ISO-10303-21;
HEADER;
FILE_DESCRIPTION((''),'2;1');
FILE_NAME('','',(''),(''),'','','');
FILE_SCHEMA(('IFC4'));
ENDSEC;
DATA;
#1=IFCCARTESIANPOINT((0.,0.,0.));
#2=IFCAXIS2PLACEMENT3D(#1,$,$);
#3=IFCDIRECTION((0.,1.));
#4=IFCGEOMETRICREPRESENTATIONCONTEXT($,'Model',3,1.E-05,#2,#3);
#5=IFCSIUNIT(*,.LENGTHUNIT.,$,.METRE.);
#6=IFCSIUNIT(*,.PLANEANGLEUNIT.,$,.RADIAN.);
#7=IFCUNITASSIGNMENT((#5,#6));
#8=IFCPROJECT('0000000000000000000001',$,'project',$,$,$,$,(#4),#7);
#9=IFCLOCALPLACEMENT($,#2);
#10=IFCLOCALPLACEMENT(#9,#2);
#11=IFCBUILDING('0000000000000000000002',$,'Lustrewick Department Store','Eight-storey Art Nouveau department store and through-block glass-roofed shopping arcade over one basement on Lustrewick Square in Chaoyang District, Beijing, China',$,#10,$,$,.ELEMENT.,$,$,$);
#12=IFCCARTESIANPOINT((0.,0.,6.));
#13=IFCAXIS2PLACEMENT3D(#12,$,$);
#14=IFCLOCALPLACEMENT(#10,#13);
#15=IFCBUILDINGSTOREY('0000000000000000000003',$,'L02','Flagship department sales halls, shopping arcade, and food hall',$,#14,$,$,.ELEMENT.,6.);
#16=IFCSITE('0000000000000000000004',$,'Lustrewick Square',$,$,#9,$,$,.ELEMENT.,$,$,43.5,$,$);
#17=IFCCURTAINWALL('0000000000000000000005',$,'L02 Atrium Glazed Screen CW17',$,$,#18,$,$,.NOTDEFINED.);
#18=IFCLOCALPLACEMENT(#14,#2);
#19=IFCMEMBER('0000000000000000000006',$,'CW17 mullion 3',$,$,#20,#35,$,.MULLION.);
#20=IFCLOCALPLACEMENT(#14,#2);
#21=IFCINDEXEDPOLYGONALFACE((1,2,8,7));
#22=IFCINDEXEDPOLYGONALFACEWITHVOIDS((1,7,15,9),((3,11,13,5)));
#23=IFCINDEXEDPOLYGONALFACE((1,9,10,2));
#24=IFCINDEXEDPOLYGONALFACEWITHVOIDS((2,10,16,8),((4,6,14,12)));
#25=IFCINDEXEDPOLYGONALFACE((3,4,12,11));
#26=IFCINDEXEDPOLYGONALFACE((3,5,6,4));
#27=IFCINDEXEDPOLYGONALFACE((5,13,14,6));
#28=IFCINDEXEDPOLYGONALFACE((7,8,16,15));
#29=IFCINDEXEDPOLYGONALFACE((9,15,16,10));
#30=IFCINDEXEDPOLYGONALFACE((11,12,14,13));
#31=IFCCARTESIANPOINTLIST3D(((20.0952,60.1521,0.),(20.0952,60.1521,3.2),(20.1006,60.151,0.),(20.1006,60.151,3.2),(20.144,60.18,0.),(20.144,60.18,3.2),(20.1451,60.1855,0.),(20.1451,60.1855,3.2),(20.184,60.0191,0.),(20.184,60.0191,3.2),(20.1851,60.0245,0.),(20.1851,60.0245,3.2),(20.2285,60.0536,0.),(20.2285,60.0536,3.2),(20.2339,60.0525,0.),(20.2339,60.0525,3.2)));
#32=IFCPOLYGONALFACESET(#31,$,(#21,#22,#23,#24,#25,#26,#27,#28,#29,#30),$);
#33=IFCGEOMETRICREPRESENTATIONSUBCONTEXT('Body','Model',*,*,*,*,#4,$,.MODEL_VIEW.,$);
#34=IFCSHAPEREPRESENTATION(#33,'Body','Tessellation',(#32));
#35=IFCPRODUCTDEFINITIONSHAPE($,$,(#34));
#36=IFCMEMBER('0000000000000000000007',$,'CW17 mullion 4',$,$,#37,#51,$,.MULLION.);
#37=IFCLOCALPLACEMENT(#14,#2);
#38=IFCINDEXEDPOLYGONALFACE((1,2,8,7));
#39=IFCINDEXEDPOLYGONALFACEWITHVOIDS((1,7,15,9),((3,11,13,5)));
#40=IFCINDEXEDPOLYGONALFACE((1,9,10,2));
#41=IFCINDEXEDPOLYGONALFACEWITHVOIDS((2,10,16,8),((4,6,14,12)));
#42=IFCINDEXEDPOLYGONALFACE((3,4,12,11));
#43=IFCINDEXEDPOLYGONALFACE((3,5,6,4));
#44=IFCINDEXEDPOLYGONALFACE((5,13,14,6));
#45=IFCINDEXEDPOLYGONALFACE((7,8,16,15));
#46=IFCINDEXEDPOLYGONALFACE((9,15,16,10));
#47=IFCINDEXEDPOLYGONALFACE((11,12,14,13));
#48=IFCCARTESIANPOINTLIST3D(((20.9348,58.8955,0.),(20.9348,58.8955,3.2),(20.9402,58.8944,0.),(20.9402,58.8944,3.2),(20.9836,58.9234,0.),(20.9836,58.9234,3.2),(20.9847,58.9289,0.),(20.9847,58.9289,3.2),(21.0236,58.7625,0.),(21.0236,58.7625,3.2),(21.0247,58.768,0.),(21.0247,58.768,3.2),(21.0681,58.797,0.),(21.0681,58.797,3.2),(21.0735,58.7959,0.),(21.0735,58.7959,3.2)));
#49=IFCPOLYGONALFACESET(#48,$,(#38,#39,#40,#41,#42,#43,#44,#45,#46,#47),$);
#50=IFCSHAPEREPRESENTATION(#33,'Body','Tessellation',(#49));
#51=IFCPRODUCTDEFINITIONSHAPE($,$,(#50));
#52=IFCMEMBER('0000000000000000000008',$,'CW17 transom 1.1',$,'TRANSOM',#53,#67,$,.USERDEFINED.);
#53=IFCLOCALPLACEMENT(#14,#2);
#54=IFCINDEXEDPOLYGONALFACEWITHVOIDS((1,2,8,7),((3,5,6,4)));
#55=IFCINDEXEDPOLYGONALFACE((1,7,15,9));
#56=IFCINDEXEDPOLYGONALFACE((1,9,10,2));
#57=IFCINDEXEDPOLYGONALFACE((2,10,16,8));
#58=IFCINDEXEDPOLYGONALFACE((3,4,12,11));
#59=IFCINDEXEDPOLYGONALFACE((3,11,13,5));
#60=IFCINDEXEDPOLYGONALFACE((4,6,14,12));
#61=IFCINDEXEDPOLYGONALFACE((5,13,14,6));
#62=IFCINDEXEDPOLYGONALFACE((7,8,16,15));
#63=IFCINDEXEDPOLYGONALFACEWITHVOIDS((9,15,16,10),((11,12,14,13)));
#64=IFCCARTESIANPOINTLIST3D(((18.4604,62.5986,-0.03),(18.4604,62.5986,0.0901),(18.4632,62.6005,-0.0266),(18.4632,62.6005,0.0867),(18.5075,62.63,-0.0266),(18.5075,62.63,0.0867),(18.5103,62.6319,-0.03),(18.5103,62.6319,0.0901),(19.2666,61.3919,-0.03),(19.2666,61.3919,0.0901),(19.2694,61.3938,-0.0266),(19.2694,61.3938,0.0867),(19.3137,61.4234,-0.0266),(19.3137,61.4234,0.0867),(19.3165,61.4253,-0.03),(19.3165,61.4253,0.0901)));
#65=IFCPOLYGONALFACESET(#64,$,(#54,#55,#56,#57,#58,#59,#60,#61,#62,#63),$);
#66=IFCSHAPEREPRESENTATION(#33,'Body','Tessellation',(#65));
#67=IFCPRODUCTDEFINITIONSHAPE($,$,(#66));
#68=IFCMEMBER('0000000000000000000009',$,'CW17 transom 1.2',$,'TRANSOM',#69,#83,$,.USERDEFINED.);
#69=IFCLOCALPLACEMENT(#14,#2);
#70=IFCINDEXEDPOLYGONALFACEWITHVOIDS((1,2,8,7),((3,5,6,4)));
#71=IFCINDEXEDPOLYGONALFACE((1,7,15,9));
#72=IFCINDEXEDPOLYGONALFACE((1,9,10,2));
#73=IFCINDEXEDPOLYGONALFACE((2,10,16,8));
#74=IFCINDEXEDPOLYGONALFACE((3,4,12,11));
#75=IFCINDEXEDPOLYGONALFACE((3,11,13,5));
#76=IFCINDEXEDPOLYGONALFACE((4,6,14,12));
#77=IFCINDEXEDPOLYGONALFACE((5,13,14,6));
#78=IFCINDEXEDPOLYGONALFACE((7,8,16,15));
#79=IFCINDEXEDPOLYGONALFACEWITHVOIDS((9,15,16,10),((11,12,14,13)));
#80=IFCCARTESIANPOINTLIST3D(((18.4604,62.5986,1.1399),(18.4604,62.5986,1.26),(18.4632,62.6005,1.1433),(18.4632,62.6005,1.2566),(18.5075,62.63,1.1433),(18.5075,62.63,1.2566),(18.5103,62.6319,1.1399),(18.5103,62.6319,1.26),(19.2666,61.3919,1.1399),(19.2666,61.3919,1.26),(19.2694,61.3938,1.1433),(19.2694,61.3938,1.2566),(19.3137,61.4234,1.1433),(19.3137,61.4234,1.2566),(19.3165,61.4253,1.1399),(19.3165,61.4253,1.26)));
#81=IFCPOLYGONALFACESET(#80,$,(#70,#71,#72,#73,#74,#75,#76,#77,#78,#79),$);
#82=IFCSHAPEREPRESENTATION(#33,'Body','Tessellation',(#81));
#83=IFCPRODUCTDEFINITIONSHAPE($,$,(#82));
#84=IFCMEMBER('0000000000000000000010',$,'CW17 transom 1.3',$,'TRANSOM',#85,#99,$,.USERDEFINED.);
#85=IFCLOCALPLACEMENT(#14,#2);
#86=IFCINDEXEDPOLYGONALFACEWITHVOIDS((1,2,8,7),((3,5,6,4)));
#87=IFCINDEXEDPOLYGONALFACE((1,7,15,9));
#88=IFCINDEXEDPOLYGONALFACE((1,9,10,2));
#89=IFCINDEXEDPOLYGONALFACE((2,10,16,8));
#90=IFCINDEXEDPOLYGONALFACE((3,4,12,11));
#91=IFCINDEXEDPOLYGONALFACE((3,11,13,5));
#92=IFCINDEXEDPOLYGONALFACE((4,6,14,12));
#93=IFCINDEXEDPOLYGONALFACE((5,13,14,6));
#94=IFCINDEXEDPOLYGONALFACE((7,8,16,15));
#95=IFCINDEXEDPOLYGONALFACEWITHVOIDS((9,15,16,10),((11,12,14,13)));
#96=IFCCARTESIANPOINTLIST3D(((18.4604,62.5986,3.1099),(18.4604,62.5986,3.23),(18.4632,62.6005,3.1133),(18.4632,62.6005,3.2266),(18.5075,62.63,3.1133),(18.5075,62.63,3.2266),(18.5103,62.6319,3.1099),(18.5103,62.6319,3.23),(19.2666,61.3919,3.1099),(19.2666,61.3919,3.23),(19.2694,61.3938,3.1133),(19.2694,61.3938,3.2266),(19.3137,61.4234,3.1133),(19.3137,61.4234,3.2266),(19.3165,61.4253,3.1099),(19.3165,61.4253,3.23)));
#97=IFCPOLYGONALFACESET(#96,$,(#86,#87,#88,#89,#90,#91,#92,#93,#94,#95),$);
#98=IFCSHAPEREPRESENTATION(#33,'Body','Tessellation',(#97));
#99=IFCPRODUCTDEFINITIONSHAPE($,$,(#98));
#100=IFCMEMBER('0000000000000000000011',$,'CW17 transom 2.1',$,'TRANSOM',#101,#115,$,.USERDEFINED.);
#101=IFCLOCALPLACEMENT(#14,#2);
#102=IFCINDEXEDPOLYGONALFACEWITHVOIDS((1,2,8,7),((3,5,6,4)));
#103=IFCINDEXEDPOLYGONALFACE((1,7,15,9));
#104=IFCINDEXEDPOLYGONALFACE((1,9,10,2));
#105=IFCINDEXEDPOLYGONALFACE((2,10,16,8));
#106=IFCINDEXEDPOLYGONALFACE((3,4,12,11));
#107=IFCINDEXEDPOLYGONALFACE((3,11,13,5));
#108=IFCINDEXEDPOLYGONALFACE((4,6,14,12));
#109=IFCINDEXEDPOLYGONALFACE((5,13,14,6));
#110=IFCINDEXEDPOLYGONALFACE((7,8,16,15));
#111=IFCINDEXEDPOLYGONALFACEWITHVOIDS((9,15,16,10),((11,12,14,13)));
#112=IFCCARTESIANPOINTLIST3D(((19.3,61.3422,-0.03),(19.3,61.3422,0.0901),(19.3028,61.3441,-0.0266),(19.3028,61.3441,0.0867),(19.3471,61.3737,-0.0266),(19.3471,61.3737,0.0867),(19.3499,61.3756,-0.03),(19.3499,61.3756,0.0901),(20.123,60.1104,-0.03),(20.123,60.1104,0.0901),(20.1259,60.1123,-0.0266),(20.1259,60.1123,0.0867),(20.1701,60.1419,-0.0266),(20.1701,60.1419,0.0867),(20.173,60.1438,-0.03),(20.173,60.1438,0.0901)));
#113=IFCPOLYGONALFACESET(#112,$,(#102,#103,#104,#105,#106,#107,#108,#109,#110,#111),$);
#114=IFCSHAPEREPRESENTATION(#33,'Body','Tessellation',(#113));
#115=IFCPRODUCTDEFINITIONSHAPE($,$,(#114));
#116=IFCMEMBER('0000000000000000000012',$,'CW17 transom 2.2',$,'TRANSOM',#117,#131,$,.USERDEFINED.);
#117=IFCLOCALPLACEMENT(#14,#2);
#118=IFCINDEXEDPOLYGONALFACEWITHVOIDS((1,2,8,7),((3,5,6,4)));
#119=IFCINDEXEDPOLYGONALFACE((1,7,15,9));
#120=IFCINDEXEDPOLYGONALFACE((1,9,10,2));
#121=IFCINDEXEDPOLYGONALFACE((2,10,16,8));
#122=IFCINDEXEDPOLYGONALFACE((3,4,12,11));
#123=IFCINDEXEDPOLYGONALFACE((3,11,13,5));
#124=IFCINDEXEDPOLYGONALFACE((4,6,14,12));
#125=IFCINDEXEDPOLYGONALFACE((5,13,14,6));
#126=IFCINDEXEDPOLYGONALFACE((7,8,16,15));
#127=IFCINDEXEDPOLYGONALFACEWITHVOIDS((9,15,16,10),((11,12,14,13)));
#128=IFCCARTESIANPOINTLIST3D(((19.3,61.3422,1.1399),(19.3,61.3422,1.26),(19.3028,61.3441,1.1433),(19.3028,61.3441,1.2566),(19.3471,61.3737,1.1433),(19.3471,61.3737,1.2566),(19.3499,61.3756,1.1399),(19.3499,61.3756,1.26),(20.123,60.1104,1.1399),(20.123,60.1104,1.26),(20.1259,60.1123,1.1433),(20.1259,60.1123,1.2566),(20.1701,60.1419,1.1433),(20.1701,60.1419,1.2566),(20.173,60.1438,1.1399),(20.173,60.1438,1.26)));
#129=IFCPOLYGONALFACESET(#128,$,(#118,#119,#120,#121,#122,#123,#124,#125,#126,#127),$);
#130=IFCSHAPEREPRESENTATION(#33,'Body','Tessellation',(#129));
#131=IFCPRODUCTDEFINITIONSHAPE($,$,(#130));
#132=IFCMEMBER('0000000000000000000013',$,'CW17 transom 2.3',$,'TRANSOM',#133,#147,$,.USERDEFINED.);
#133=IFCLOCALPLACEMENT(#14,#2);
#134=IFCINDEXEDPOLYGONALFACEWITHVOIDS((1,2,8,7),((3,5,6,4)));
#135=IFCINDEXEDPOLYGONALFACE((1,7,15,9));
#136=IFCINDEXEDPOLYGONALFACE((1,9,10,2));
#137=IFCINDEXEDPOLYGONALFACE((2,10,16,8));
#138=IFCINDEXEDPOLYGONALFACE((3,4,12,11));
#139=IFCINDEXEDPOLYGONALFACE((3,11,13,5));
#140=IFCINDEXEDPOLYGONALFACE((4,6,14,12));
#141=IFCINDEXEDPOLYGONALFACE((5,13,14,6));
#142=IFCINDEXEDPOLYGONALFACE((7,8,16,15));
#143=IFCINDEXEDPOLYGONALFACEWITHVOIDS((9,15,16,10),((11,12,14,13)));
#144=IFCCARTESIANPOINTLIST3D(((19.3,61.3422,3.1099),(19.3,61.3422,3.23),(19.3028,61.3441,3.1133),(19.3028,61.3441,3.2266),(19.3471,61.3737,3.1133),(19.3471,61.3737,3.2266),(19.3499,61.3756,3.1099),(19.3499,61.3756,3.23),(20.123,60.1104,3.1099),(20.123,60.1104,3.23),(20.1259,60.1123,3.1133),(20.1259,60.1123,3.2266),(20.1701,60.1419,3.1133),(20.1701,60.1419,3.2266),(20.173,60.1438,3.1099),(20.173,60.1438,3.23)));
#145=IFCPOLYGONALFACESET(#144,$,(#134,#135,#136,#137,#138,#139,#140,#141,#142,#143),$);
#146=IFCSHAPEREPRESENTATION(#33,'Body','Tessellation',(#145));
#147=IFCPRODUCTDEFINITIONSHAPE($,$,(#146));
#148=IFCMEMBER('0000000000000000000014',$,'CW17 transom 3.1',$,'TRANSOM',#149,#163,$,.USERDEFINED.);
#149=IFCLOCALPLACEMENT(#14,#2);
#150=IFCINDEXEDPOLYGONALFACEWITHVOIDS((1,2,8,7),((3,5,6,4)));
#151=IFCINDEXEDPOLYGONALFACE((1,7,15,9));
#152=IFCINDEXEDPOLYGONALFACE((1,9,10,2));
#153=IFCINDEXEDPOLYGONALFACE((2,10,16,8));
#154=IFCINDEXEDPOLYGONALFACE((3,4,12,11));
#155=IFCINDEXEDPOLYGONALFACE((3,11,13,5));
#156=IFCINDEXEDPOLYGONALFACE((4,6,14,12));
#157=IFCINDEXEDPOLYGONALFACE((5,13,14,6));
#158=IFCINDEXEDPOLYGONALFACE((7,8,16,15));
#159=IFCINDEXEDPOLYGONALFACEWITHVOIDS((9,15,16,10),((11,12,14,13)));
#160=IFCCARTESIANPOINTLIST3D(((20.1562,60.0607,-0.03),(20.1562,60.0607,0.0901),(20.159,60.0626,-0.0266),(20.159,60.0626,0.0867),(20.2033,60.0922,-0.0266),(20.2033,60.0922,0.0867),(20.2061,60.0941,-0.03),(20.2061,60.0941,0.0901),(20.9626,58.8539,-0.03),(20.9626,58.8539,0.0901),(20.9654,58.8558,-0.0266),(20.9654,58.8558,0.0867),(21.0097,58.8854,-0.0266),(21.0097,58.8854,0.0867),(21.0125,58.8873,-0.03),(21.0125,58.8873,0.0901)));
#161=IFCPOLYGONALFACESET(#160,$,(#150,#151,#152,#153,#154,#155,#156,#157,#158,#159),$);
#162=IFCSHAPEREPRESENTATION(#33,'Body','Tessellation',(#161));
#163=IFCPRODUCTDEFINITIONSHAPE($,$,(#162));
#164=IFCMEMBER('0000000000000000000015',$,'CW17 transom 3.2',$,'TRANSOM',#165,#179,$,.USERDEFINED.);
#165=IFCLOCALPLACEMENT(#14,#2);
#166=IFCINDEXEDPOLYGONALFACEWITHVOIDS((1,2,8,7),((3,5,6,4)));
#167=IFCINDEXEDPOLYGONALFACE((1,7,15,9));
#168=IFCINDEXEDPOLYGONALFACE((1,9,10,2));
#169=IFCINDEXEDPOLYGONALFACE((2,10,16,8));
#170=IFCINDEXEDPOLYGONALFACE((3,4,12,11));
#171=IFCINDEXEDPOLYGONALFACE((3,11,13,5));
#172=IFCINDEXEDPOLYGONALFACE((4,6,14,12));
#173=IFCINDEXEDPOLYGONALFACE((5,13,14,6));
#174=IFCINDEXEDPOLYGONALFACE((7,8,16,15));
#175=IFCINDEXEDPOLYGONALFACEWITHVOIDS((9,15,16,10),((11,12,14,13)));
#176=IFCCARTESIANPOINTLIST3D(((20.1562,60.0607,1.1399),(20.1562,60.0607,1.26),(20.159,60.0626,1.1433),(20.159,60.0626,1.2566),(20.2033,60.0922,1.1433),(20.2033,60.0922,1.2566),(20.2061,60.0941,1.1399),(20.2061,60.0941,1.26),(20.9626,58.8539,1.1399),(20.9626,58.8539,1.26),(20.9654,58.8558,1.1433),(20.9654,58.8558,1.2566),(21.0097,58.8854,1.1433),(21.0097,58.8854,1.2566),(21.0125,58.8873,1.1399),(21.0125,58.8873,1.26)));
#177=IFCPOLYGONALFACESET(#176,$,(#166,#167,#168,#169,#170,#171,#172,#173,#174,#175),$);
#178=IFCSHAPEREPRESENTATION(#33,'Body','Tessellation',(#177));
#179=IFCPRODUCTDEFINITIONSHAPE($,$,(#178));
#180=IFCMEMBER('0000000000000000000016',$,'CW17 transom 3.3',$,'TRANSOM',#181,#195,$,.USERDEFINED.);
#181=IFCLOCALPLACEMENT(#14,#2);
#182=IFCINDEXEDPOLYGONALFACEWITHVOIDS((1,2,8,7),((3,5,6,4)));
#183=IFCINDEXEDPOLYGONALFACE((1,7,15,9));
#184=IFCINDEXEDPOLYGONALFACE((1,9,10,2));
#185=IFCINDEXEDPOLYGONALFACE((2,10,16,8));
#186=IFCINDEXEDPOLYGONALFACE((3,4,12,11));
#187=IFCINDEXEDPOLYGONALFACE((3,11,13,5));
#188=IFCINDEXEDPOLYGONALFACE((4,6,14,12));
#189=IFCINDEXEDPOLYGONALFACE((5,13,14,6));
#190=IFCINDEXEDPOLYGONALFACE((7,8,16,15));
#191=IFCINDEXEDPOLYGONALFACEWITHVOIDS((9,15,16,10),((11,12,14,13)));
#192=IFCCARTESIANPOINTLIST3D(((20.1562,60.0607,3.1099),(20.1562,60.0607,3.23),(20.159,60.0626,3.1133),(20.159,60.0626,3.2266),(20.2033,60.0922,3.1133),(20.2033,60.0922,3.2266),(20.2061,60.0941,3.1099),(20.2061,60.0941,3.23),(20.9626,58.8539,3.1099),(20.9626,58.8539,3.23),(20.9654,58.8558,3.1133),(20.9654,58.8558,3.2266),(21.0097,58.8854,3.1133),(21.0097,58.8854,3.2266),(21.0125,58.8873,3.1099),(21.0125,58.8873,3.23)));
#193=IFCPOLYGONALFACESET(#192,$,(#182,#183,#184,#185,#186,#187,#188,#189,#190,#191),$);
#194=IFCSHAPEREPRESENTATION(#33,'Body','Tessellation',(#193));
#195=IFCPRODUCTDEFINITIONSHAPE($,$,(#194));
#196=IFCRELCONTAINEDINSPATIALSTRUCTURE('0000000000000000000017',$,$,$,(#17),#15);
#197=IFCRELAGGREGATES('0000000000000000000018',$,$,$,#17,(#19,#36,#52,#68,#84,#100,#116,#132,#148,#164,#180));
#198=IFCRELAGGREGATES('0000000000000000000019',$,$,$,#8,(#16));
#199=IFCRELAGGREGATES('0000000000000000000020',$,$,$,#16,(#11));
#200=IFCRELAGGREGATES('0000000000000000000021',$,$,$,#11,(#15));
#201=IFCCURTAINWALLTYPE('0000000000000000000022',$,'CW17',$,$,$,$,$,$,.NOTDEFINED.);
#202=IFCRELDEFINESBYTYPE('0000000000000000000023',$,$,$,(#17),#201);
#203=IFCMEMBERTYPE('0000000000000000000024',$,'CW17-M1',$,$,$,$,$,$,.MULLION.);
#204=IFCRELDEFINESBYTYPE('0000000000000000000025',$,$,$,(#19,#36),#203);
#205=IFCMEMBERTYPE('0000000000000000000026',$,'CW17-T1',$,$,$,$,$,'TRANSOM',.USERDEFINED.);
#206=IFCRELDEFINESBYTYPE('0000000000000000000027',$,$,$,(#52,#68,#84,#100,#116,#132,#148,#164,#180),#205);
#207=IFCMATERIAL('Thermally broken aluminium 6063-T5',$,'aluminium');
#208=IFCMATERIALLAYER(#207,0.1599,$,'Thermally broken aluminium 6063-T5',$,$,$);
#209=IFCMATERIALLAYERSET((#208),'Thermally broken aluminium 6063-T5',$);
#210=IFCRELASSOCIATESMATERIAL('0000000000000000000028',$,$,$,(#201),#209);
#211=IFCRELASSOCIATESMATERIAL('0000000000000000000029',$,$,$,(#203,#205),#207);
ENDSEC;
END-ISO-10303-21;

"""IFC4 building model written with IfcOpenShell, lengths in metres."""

from ifc_helpers import new_model, si_unit, direction, frame, origin, origin_2d, place, context, subcontext, project, spatial, hollow_rectangle, extrude, material, layer, layer_set, material_profile, profile_set, type_object, element, aggregate, save


model = new_model("IFC4")

# Units and contexts
model_context = context("Model", 3, precision=1e-05, world=origin(), true_north=direction((0.0, 1.0)))
body_context = subcontext(model_context, "Body", "Model", "MODEL_VIEW")
ifc_project = project(units=[si_unit("LENGTHUNIT", "METRE"), si_unit("PLANEANGLEUNIT", "RADIAN")], contexts=[model_context])

# Site, building, storey
site_placement = place(None, origin())
site = spatial("IfcSite", under=ifc_project, at=site_placement, Name="Lustrewick Square", CompositionType="ELEMENT", RefElevation=43.5)
building_placement = place(site_placement, origin())
building = spatial("IfcBuilding", under=site, at=building_placement, Name="Lustrewick Department Store", Description="Eight-storey Art Nouveau department store and through-block glass-roofed shopping arcade over one basement on Lustrewick Square in Chaoyang District, Beijing, China", CompositionType="ELEMENT")
storey_placement = place(building_placement, frame((0.0, 0.0, 6.0)))
storey = spatial("IfcBuildingStorey", under=building, at=storey_placement, Name="L02", Description="Flagship department sales halls, shopping arcade, and food hall", CompositionType="ELEMENT", Elevation=6.0)

# Curtain wall, members
ifc_material_1 = material(Name="Thermally broken aluminium 6063-T5", Category="aluminium")
ifc_layer_1 = layer(ifc_material_1, 0.1599, Name="Thermally broken aluminium 6063-T5")
ifc_layer_set_1 = layer_set([ifc_layer_1], Name="Thermally broken aluminium 6063-T5")
curtain_wall_type_1 = type_object("IfcCurtainWallType", Name="CW17", PredefinedType="NOTDEFINED", material=ifc_layer_set_1)
curtain_wall_1_placement = place(storey_placement, origin())
curtain_wall_1 = element("IfcCurtainWall", 1, at=curtain_wall_1_placement, inside=storey, type_object=curtain_wall_type_1, Name="L02 Atrium Glazed Screen CW17", PredefinedType="NOTDEFINED")
ifc_material_profile_1 = material_profile(ifc_material_1, hollow_rectangle(XDim=0.0601, YDim=0.1599, WallThickness=0.0039, at=origin_2d()), Name="ALU-M 60x160x4")
ifc_profile_set_1 = profile_set([ifc_material_profile_1], Name="Thermally broken aluminium 6063-T5")
member_type_1 = type_object("IfcMemberType", Name="CW17-M1", PredefinedType="MULLION", material=ifc_profile_set_1)
member_1_placement = place(storey_placement, frame((20.1646, 60.1023, 0.0), z_axis=(0.0, 0.0, 1.0), x_axis=(0.831464, 0.555578, 0.0)))
member_1 = element("IfcMember", 2, at=member_1_placement, type_object=member_type_1, Name="CW17 mullion 3", PredefinedType="MULLION", context=body_context, shape_type="SweptSolid", body=[
    extrude(hollow_rectangle(XDim=0.0601, YDim=0.1599, WallThickness=0.0039, at=origin_2d()), origin(), (0.0, 0.0, 1.0), 3.2),
])
member_2_placement = place(storey_placement, frame((21.0042, 58.8457, 0.0), z_axis=(0.0, 0.0, 1.0), x_axis=(0.831464, 0.555578, 0.0)))
member_2 = element("IfcMember", 3, at=member_2_placement, type_object=member_type_1, Name="CW17 mullion 4", PredefinedType="MULLION", context=body_context, shape_type="SweptSolid", body=[
    extrude(hollow_rectangle(XDim=0.0601, YDim=0.1599, WallThickness=0.0039, at=origin_2d()), origin(), (0.0, 0.0, 1.0), 3.2),
])
ifc_material_profile_2 = material_profile(ifc_material_1, hollow_rectangle(XDim=0.0601, YDim=0.1201, WallThickness=0.0034, at=origin_2d()), Name="ALU-T 60x120x3.5")
ifc_profile_set_2 = profile_set([ifc_material_profile_2], Name="Thermally broken aluminium 6063-T5")
member_type_2 = type_object("IfcMemberType", Name="CW17-T1", ElementType="TRANSOM", PredefinedType="USERDEFINED", material=ifc_profile_set_2)
member_3_placement = place(storey_placement, frame((18.4854, 62.6152, 0.03), z_axis=(0.555554, -0.83148, 0.0), x_axis=(0.83148, 0.555554, 0.0)))
member_3 = element("IfcMember", 4, at=member_3_placement, type_object=member_type_2, Name="CW17 transom 1.1", ObjectType="TRANSOM", PredefinedType="USERDEFINED", context=body_context, shape_type="SweptSolid", body=[
    extrude(hollow_rectangle(XDim=0.0601, YDim=0.1201, WallThickness=0.0034, at=origin_2d()), origin(), (0.0, 0.0, 1.0), 1.4512),
])
member_4_placement = place(storey_placement, frame((18.4854, 62.6152, 1.2), z_axis=(0.555554, -0.83148, 0.0), x_axis=(0.83148, 0.555554, 0.0)))
member_4 = element("IfcMember", 5, at=member_4_placement, type_object=member_type_2, Name="CW17 transom 1.2", ObjectType="TRANSOM", PredefinedType="USERDEFINED", context=body_context, shape_type="SweptSolid", body=[
    extrude(hollow_rectangle(XDim=0.0601, YDim=0.1201, WallThickness=0.0034, at=origin_2d()), origin(), (0.0, 0.0, 1.0), 1.4512),
])
member_5_placement = place(storey_placement, frame((18.4854, 62.6152, 3.1699), z_axis=(0.555554, -0.83148, 0.0), x_axis=(0.83148, 0.555554, 0.0)))
member_5 = element("IfcMember", 6, at=member_5_placement, type_object=member_type_2, Name="CW17 transom 1.3", ObjectType="TRANSOM", PredefinedType="USERDEFINED", context=body_context, shape_type="SweptSolid", body=[
    extrude(hollow_rectangle(XDim=0.0601, YDim=0.1201, WallThickness=0.0034, at=origin_2d()), origin(), (0.0, 0.0, 1.0), 1.4512),
])
member_6_placement = place(storey_placement, frame((19.325, 61.3589, 0.03), z_axis=(0.555575, -0.831467, 0.0), x_axis=(0.831467, 0.555575, 0.0)))
member_6 = element("IfcMember", 7, at=member_6_placement, type_object=member_type_2, Name="CW17 transom 2.1", ObjectType="TRANSOM", PredefinedType="USERDEFINED", context=body_context, shape_type="SweptSolid", body=[
    extrude(hollow_rectangle(XDim=0.0601, YDim=0.1201, WallThickness=0.0034, at=origin_2d()), origin(), (0.0, 0.0, 1.0), 1.4814),
])
member_7_placement = place(storey_placement, frame((19.325, 61.3589, 1.2), z_axis=(0.555575, -0.831467, 0.0), x_axis=(0.831467, 0.555575, 0.0)))
member_7 = element("IfcMember", 8, at=member_7_placement, type_object=member_type_2, Name="CW17 transom 2.2", ObjectType="TRANSOM", PredefinedType="USERDEFINED", context=body_context, shape_type="SweptSolid", body=[
    extrude(hollow_rectangle(XDim=0.0601, YDim=0.1201, WallThickness=0.0034, at=origin_2d()), origin(), (0.0, 0.0, 1.0), 1.4814),
])
member_8_placement = place(storey_placement, frame((19.325, 61.3589, 3.1699), z_axis=(0.555575, -0.831467, 0.0), x_axis=(0.831467, 0.555575, 0.0)))
member_8 = element("IfcMember", 9, at=member_8_placement, type_object=member_type_2, Name="CW17 transom 2.3", ObjectType="TRANSOM", PredefinedType="USERDEFINED", context=body_context, shape_type="SweptSolid", body=[
    extrude(hollow_rectangle(XDim=0.0601, YDim=0.1201, WallThickness=0.0034, at=origin_2d()), origin(), (0.0, 0.0, 1.0), 1.4814),
])
member_9_placement = place(storey_placement, frame((20.1812, 60.0774, 0.03), z_axis=(0.555593, -0.831455, 0.0), x_axis=(0.831455, 0.555593, 0.0)))
member_9 = element("IfcMember", 10, at=member_9_placement, type_object=member_type_2, Name="CW17 transom 3.1", ObjectType="TRANSOM", PredefinedType="USERDEFINED", context=body_context, shape_type="SweptSolid", body=[
    extrude(hollow_rectangle(XDim=0.0601, YDim=0.1201, WallThickness=0.0034, at=origin_2d()), origin(), (0.0, 0.0, 1.0), 1.4514),
])
member_10_placement = place(storey_placement, frame((20.1812, 60.0774, 1.2), z_axis=(0.555593, -0.831455, 0.0), x_axis=(0.831455, 0.555593, 0.0)))
member_10 = element("IfcMember", 11, at=member_10_placement, type_object=member_type_2, Name="CW17 transom 3.2", ObjectType="TRANSOM", PredefinedType="USERDEFINED", context=body_context, shape_type="SweptSolid", body=[
    extrude(hollow_rectangle(XDim=0.0601, YDim=0.1201, WallThickness=0.0034, at=origin_2d()), origin(), (0.0, 0.0, 1.0), 1.4514),
])
member_11_placement = place(storey_placement, frame((20.1812, 60.0774, 3.1699), z_axis=(0.555593, -0.831455, 0.0), x_axis=(0.831455, 0.555593, 0.0)))
member_11 = element("IfcMember", 12, at=member_11_placement, type_object=member_type_2, Name="CW17 transom 3.3", ObjectType="TRANSOM", PredefinedType="USERDEFINED", context=body_context, shape_type="SweptSolid", body=[
    extrude(hollow_rectangle(XDim=0.0601, YDim=0.1201, WallThickness=0.0034, at=origin_2d()), origin(), (0.0, 0.0, 1.0), 1.4514),
])

aggregate(curtain_wall_1, [member_1, member_2, member_3, member_4, member_5, member_6, member_7, member_8, member_9, member_10, member_11])

save(model, "model.ifc")
